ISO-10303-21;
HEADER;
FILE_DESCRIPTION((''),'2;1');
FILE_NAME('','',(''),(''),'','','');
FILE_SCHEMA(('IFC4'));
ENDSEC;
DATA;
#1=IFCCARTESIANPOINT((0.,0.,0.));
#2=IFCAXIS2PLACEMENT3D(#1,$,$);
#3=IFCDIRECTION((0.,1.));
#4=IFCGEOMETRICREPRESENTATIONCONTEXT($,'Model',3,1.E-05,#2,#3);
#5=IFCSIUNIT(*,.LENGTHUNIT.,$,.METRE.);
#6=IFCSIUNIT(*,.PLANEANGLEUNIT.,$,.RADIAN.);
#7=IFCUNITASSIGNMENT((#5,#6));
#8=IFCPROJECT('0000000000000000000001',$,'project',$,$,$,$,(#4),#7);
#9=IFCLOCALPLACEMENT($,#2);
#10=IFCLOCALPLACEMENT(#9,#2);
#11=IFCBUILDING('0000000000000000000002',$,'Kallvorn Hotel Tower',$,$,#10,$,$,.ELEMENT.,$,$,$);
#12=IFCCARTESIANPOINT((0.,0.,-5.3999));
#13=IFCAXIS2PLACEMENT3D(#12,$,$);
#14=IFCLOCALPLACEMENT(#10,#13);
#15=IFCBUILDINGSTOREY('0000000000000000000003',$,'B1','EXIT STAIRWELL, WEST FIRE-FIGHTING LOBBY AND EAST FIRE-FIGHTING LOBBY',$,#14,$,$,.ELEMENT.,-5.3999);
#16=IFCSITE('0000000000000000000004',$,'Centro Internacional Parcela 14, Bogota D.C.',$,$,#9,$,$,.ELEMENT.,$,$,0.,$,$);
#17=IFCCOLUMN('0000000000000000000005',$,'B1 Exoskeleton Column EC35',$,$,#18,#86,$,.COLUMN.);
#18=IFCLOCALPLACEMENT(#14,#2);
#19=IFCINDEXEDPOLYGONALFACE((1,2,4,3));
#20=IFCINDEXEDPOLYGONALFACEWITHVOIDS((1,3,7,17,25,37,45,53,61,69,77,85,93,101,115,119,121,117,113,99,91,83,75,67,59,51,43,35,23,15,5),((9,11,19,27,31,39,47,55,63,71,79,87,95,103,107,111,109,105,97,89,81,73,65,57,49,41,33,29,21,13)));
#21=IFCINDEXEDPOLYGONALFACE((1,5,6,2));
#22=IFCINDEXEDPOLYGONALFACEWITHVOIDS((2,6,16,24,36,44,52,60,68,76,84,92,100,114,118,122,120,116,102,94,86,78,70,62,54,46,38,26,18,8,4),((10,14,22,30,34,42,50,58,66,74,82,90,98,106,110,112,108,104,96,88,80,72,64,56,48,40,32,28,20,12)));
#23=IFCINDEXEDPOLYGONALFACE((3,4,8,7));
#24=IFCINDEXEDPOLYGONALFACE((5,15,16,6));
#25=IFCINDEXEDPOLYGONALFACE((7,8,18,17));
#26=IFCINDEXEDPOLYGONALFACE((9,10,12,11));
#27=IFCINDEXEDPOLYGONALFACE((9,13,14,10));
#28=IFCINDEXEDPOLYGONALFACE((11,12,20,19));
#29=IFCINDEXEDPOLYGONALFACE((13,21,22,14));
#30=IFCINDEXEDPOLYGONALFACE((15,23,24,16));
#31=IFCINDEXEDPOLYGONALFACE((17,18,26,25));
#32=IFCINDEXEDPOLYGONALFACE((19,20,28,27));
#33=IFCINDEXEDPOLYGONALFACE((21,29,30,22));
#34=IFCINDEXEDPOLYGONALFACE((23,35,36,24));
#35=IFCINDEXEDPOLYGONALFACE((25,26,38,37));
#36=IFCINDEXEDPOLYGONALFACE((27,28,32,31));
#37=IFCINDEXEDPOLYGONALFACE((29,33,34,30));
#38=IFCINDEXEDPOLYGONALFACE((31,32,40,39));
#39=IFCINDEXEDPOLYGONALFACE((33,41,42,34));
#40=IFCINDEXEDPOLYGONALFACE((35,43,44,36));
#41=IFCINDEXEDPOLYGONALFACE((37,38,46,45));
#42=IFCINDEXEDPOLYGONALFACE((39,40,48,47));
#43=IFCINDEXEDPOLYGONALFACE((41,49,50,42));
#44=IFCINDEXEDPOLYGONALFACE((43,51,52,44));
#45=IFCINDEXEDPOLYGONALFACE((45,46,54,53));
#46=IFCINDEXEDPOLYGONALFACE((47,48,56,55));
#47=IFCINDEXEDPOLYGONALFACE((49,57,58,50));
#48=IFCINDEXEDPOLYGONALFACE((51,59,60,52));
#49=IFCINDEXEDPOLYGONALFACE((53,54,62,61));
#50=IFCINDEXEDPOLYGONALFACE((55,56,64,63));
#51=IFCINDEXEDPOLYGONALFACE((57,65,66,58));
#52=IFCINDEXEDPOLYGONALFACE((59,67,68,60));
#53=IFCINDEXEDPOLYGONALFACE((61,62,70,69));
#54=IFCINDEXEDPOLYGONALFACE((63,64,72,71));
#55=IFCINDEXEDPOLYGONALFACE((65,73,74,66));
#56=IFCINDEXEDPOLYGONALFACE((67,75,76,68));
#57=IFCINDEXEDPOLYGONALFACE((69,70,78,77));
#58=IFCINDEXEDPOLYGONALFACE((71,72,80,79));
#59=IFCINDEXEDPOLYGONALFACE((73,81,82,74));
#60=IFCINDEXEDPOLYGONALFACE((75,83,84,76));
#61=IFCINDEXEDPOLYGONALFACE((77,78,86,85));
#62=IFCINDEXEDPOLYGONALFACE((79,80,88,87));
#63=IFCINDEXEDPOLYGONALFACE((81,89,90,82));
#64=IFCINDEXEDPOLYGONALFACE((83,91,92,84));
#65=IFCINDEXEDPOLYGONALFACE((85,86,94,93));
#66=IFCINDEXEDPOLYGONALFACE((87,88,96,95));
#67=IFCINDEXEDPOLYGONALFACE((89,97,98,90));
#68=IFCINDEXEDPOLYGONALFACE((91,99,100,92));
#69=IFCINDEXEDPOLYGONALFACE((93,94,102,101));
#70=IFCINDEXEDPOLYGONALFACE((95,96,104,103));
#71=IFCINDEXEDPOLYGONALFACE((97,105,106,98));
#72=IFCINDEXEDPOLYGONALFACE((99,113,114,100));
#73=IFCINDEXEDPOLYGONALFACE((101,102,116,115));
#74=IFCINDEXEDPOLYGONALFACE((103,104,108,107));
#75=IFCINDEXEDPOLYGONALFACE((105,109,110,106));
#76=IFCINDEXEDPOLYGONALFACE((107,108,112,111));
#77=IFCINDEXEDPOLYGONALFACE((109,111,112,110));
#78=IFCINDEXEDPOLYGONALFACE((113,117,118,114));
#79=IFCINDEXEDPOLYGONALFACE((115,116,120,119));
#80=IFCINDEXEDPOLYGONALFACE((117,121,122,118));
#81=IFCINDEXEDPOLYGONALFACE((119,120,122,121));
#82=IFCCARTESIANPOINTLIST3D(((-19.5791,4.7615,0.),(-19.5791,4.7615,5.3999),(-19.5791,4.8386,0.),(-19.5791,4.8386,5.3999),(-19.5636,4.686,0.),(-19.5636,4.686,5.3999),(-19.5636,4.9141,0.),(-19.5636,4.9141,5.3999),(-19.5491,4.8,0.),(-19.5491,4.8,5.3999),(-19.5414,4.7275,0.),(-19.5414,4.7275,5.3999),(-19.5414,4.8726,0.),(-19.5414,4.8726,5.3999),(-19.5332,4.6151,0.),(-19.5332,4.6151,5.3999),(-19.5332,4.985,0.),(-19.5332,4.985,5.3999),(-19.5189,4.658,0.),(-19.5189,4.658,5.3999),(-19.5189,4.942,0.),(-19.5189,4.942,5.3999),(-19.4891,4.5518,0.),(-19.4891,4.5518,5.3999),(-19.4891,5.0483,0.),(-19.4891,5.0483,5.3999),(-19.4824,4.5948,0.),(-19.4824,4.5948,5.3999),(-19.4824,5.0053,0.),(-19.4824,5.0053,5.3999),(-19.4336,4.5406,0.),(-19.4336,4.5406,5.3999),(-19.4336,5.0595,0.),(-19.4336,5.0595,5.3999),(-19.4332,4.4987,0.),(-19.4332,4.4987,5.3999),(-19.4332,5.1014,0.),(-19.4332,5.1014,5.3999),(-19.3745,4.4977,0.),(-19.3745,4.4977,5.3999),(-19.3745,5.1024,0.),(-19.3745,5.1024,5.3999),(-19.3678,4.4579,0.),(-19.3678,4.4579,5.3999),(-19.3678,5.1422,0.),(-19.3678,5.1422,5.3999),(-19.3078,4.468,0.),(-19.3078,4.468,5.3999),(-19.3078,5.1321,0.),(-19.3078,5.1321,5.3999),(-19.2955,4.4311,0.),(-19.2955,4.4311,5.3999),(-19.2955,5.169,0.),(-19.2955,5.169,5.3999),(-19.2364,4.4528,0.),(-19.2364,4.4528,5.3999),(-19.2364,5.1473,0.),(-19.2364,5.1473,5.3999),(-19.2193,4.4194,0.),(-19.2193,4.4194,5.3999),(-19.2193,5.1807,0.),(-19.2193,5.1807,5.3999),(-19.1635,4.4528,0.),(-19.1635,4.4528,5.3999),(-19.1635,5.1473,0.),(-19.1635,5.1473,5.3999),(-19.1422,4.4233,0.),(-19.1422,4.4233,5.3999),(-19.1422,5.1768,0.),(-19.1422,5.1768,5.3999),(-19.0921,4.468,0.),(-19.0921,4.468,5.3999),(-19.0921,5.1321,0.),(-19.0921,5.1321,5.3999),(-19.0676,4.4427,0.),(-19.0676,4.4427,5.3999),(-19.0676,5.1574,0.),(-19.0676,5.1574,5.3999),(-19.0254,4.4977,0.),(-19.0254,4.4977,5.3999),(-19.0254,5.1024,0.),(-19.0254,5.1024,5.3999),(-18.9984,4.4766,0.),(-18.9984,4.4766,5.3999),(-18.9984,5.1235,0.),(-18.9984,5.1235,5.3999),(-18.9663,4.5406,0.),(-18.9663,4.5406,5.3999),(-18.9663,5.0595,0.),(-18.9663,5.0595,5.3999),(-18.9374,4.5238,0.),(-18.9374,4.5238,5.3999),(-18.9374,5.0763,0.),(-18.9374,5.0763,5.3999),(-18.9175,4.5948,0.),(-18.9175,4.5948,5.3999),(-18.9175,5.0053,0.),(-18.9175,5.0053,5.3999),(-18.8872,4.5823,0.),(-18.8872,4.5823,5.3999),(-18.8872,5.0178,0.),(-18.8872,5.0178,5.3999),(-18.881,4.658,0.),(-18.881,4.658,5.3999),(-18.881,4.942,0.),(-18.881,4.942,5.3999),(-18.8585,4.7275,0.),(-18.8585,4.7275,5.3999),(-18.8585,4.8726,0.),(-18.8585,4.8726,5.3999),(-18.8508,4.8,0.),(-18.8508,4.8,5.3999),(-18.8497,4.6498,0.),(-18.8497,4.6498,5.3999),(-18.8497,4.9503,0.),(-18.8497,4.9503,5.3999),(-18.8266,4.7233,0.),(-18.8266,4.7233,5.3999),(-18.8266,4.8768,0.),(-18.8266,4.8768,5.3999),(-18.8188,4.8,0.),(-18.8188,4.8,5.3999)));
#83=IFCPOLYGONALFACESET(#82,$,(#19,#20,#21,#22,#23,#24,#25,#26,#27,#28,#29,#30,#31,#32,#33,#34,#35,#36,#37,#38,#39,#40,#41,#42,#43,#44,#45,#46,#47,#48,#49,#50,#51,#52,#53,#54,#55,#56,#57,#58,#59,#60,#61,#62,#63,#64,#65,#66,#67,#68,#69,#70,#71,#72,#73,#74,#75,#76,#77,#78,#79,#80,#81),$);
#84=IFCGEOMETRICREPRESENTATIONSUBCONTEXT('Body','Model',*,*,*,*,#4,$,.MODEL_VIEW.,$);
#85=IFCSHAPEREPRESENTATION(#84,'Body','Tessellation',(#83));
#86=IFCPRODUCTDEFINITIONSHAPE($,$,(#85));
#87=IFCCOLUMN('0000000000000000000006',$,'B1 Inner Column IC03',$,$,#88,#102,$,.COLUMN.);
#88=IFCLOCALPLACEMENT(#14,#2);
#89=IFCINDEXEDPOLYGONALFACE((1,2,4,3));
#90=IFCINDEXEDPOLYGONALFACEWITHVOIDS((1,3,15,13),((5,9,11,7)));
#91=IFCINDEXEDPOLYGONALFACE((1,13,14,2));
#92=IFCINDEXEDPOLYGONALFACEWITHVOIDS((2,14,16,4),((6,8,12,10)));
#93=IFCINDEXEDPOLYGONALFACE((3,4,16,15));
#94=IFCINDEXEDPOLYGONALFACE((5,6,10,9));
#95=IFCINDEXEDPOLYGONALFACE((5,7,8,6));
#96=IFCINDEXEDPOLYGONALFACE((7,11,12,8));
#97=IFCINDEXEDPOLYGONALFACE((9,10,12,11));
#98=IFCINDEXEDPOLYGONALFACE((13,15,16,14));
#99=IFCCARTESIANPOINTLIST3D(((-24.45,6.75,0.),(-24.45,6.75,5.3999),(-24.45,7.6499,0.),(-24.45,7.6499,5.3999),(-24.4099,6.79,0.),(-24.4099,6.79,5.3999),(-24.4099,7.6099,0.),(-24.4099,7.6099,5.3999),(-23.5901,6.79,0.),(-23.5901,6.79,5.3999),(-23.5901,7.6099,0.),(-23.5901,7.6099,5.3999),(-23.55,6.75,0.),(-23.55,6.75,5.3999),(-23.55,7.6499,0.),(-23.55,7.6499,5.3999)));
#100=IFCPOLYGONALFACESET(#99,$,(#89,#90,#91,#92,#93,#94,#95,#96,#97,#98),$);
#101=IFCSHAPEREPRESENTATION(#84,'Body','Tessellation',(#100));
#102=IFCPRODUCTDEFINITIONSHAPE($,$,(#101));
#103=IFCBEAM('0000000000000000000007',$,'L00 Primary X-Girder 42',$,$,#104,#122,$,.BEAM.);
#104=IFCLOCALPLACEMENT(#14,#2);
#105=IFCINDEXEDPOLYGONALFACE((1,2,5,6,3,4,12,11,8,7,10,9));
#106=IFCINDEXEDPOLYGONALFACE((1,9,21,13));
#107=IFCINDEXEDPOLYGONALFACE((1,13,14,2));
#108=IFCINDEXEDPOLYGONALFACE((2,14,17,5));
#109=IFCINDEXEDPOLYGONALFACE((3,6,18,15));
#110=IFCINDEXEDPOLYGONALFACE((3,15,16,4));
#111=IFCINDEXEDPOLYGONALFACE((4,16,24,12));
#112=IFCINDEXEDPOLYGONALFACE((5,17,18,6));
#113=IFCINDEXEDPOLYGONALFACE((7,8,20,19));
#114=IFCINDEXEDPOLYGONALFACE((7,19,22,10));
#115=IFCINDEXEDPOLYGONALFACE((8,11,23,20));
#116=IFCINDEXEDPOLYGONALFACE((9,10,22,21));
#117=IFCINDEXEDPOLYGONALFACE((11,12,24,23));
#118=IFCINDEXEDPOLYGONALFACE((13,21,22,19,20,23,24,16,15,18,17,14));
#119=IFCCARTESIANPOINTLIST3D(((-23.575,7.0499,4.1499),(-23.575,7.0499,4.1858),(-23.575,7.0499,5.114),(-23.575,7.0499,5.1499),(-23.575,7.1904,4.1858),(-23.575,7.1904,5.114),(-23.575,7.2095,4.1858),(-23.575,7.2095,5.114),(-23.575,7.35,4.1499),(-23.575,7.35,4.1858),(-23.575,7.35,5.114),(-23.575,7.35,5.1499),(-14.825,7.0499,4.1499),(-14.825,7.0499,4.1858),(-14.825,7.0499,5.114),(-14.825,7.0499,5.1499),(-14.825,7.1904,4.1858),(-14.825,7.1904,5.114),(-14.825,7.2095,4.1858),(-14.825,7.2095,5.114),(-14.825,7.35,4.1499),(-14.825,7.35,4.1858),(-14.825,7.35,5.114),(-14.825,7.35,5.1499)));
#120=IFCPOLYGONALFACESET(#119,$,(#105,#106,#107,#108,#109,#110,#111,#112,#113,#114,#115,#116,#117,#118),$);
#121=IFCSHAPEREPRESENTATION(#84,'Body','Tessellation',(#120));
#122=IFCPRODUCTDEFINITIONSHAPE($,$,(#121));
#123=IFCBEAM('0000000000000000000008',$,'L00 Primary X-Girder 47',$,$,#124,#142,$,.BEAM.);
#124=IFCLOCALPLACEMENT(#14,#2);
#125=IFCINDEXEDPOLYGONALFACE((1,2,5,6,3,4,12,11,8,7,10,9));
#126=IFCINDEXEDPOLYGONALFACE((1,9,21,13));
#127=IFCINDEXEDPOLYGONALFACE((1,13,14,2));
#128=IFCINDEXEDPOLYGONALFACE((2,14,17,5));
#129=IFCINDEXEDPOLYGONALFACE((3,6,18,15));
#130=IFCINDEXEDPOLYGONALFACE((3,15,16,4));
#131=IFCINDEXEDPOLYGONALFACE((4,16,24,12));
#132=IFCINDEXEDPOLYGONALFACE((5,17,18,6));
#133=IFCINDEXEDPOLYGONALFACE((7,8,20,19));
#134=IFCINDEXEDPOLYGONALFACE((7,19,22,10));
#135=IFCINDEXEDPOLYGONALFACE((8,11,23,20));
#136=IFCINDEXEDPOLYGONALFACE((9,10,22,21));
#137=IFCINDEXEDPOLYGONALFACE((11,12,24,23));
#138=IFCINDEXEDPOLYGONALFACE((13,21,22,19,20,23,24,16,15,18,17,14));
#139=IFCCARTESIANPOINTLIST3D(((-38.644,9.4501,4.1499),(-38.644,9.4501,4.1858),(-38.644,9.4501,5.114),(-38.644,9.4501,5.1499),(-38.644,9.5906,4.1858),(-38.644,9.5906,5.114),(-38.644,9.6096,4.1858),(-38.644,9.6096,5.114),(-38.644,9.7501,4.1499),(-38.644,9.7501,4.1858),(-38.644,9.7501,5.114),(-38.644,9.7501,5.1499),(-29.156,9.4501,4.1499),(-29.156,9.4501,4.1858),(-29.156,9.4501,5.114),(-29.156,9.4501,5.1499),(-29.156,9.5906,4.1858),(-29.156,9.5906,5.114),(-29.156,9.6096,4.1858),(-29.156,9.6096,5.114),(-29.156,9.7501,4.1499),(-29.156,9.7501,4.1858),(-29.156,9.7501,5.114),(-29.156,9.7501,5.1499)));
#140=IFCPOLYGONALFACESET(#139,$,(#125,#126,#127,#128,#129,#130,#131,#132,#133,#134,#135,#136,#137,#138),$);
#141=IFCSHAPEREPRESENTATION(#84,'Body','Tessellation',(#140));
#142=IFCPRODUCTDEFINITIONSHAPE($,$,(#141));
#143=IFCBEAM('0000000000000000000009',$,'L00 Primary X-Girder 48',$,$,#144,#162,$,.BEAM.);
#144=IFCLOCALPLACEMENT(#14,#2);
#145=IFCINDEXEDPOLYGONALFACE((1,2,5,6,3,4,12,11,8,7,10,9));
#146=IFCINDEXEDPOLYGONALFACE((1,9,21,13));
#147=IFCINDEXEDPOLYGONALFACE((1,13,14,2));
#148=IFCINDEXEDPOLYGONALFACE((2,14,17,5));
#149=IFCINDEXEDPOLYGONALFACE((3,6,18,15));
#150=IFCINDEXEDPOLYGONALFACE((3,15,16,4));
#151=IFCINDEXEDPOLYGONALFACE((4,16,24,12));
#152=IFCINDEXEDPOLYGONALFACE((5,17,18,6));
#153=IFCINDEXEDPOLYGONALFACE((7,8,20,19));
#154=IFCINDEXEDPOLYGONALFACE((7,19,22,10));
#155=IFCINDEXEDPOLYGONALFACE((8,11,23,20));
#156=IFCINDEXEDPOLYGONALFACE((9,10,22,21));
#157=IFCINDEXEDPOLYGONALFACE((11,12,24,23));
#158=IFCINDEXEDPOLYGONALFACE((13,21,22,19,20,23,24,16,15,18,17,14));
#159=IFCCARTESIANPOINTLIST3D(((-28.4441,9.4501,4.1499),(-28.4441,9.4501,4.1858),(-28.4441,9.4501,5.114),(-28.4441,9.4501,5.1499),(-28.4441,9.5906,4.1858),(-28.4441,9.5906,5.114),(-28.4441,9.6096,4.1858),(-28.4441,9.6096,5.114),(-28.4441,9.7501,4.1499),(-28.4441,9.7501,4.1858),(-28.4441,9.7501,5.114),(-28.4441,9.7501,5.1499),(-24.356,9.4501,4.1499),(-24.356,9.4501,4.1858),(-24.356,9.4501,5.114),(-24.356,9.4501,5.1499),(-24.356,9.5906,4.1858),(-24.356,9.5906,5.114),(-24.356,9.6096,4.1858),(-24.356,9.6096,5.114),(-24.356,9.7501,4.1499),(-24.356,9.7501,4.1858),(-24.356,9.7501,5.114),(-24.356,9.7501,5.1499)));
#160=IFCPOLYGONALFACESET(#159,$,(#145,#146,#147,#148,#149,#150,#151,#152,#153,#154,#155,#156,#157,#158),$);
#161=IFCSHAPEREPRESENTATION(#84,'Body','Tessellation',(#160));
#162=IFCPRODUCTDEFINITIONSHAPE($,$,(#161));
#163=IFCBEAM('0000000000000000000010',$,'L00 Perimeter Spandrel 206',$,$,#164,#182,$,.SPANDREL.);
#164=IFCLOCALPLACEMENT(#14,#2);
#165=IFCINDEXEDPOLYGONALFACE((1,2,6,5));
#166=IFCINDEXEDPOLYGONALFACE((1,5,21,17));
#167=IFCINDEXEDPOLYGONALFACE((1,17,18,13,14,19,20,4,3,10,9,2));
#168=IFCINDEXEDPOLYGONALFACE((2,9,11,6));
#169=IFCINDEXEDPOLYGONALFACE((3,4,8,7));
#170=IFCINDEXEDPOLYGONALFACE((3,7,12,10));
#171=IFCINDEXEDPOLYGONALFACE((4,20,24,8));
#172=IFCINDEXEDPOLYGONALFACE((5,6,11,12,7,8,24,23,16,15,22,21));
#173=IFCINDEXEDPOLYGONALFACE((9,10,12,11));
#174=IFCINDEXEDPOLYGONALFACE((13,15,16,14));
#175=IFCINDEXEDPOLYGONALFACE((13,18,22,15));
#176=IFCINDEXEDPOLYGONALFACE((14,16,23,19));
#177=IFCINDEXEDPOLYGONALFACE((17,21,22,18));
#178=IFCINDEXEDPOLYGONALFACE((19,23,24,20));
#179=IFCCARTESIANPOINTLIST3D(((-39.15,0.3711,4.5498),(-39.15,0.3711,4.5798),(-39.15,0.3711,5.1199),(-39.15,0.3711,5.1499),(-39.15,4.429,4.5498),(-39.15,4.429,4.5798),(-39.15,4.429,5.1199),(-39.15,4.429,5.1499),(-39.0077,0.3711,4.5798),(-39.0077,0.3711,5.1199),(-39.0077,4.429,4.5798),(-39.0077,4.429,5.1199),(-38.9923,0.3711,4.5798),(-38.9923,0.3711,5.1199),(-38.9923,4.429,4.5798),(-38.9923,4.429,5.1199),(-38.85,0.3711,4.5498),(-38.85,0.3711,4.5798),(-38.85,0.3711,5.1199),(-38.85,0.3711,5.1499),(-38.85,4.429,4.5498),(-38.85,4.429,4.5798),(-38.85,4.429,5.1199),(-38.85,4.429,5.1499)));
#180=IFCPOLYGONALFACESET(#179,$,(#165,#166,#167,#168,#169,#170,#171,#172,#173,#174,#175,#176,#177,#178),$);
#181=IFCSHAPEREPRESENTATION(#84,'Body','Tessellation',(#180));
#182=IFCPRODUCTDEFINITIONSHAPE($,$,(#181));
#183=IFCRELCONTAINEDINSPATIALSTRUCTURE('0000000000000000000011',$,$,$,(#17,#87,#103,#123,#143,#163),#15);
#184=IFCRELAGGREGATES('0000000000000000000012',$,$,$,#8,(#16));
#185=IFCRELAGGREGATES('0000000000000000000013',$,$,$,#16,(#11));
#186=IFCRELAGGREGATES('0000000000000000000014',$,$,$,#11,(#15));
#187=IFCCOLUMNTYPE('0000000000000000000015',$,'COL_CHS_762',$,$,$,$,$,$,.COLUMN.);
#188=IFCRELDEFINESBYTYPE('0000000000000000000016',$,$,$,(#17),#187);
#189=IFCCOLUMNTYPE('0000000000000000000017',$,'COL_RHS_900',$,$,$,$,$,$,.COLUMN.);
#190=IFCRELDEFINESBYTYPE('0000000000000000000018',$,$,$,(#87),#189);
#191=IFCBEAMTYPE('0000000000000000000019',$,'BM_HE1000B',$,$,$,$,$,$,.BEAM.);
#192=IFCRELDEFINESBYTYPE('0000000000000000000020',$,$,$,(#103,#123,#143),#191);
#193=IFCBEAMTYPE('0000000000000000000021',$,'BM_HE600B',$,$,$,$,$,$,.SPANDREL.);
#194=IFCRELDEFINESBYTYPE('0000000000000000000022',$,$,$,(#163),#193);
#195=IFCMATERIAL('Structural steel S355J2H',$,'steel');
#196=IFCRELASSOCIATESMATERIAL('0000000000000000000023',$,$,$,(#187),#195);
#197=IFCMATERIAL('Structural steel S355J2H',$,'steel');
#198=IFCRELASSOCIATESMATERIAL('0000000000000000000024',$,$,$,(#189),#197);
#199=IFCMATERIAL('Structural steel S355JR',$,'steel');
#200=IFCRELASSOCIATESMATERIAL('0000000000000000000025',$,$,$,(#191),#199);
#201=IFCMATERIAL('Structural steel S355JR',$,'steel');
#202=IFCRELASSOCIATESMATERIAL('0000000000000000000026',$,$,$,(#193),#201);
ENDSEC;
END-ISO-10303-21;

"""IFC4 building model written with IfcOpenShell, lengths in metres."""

from ifc_helpers import new_model, si_unit, direction, frame, origin, origin_2d, place, context, subcontext, project, spatial, hollow_rectangle, hollow_circle, i_section, extrude, material, material_profile, profile_set, type_object, element, save


model = new_model("IFC4")

# Units and contexts
model_context = context("Model", 3, precision=1e-05, world=origin(), true_north=direction((0.0, 1.0)))
body_context = subcontext(model_context, "Body", "Model", "MODEL_VIEW")
ifc_project = project(units=[si_unit("LENGTHUNIT", "METRE"), si_unit("PLANEANGLEUNIT", "RADIAN")], contexts=[model_context])

# Site, building, storey
site_placement = place(None, origin())
site = spatial("IfcSite", under=ifc_project, at=site_placement, Name="Centro Internacional Parcela 14, Bogota D.C.", CompositionType="ELEMENT", RefElevation=0.0)
building_placement = place(site_placement, origin())
building = spatial("IfcBuilding", under=site, at=building_placement, Name="Kallvorn Hotel Tower", CompositionType="ELEMENT")
storey_placement = place(building_placement, frame((0.0, 0.0, -5.3999)))
storey = spatial("IfcBuildingStorey", under=building, at=storey_placement, Name="B1", Description="EXIT STAIRWELL, WEST FIRE-FIGHTING LOBBY AND EAST FIRE-FIGHTING LOBBY", CompositionType="ELEMENT", Elevation=-5.3999)

# Columns
ifc_material_1 = material(Name="Structural steel S355J2H", Category="steel")
ifc_material_profile_1 = material_profile(ifc_material_1, hollow_circle(Radius=0.3811, WallThickness=0.032, at=origin_2d()), Name="CHS 762x32")
ifc_profile_set_1 = profile_set([ifc_material_profile_1], Name="Structural steel S355J2H")
column_type_1 = type_object("IfcColumnType", Name="COL_CHS_762", PredefinedType="COLUMN", material=ifc_profile_set_1)
for number, where, z_axis, x_axis, name in (
    (1, (-19.2, 4.8, 0.0), (0.0, 0.0, 1.0), (1.0, 0.0, 0.0), "B1 Exoskeleton Column EC35"),
):
    element("IfcColumn", number, at=place(storey_placement, frame(where, z_axis=z_axis, x_axis=x_axis)), inside=storey, type_object=column_type_1, Name=name, PredefinedType="COLUMN", context=body_context, shape_type="SweptSolid", body=[
        extrude(hollow_circle(Radius=0.3811, WallThickness=0.032, at=origin_2d()), origin(), (0.0, 0.0, 1.0), 5.3999),
    ])
ifc_material_2 = material(Name="Structural steel S355J2H", Category="steel")
ifc_material_profile_2 = material_profile(ifc_material_2, hollow_rectangle(XDim=0.8999, YDim=0.8999, WallThickness=0.04, at=origin_2d()), Name="RHS 900x900x40")
ifc_profile_set_2 = profile_set([ifc_material_profile_2], Name="Structural steel S355J2H")
column_type_2 = type_object("IfcColumnType", Name="COL_RHS_900", PredefinedType="COLUMN", material=ifc_profile_set_2)
column_placement = place(storey_placement, frame((-24.0, 7.2, 0.0), z_axis=(0.0, 0.0, 1.0), x_axis=(1.0, 0.0, 0.0)))
element("IfcColumn", 2, at=column_placement, inside=storey, type_object=column_type_2, Name="B1 Inner Column IC03", PredefinedType="COLUMN", context=body_context, shape_type="SweptSolid", body=[
    extrude(hollow_rectangle(XDim=0.8999, YDim=0.8999, WallThickness=0.04, at=origin_2d()), origin(), (0.0, 0.0, 1.0), 5.3999),
])

# Beams
ifc_material_3 = material(Name="Structural steel S355JR", Category="steel")
ifc_material_profile_3 = material_profile(ifc_material_3, i_section(OverallWidth=0.3, OverallDepth=1.0, WebThickness=0.019, FlangeThickness=0.0359, at=origin_2d()), Name="HE 1000 B")
ifc_profile_set_3 = profile_set([ifc_material_profile_3], Name="Structural steel S355JR")
beam_type_1 = type_object("IfcBeamType", Name="BM_HE1000B", PredefinedType="BEAM", material=ifc_profile_set_3)
beam_1_placement = place(storey_placement, frame((-23.575, 7.2, 4.6499), z_axis=(1.0, 0.0, 0.0), x_axis=(0.0, 1.0, 0.0)))
element("IfcBeam", 3, at=beam_1_placement, inside=storey, type_object=beam_type_1, Name="L00 Primary X-Girder 42", PredefinedType="BEAM", context=body_context, shape_type="SweptSolid", body=[
    extrude(i_section(OverallWidth=0.3, OverallDepth=1.0, WebThickness=0.019, FlangeThickness=0.0359, at=origin_2d()), origin(), (0.0, 0.0, 1.0), 8.75),
])
beam_2_placement = place(storey_placement, frame((-38.644, 9.6001, 4.6499), z_axis=(1.0, 0.0, 0.0), x_axis=(0.0, 1.0, 0.0)))
element("IfcBeam", 4, at=beam_2_placement, inside=storey, type_object=beam_type_1, Name="L00 Primary X-Girder 47", PredefinedType="BEAM", context=body_context, shape_type="SweptSolid", body=[
    extrude(i_section(OverallWidth=0.3, OverallDepth=1.0, WebThickness=0.019, FlangeThickness=0.0359, at=origin_2d()), origin(), (0.0, 0.0, 1.0), 9.488),
])
beam_3_placement = place(storey_placement, frame((-28.4441, 9.6001, 4.6499), z_axis=(1.0, 0.0, 0.0), x_axis=(0.0, 1.0, 0.0)))
element("IfcBeam", 5, at=beam_3_placement, inside=storey, type_object=beam_type_1, Name="L00 Primary X-Girder 48", PredefinedType="BEAM", context=body_context, shape_type="SweptSolid", body=[
    extrude(i_section(OverallWidth=0.3, OverallDepth=1.0, WebThickness=0.019, FlangeThickness=0.0359, at=origin_2d()), origin(), (0.0, 0.0, 1.0), 4.0881),
])
ifc_material_4 = material(Name="Structural steel S355JR", Category="steel")
ifc_material_profile_4 = material_profile(ifc_material_4, i_section(OverallWidth=0.3, OverallDepth=0.6001, WebThickness=0.0154, FlangeThickness=0.03, at=origin_2d()), Name="HE 600 B")
ifc_profile_set_4 = profile_set([ifc_material_profile_4], Name="Structural steel S355JR")
beam_type_2 = type_object("IfcBeamType", Name="BM_HE600B", PredefinedType="SPANDREL", material=ifc_profile_set_4)
beam_4_placement = place(storey_placement, frame((-39.0, 0.3711, 4.8499), z_axis=(0.0, 1.0, 0.0), x_axis=(-1.0, 0.0, 0.0)))
element("IfcBeam", 6, at=beam_4_placement, inside=storey, type_object=beam_type_2, Name="L00 Perimeter Spandrel 206", PredefinedType="SPANDREL", context=body_context, shape_type="SweptSolid", body=[
    extrude(i_section(OverallWidth=0.3, OverallDepth=0.6001, WebThickness=0.0154, FlangeThickness=0.03, at=origin_2d()), origin(), (0.0, 0.0, 1.0), 4.0579),
])

save(model, "model.ifc")
